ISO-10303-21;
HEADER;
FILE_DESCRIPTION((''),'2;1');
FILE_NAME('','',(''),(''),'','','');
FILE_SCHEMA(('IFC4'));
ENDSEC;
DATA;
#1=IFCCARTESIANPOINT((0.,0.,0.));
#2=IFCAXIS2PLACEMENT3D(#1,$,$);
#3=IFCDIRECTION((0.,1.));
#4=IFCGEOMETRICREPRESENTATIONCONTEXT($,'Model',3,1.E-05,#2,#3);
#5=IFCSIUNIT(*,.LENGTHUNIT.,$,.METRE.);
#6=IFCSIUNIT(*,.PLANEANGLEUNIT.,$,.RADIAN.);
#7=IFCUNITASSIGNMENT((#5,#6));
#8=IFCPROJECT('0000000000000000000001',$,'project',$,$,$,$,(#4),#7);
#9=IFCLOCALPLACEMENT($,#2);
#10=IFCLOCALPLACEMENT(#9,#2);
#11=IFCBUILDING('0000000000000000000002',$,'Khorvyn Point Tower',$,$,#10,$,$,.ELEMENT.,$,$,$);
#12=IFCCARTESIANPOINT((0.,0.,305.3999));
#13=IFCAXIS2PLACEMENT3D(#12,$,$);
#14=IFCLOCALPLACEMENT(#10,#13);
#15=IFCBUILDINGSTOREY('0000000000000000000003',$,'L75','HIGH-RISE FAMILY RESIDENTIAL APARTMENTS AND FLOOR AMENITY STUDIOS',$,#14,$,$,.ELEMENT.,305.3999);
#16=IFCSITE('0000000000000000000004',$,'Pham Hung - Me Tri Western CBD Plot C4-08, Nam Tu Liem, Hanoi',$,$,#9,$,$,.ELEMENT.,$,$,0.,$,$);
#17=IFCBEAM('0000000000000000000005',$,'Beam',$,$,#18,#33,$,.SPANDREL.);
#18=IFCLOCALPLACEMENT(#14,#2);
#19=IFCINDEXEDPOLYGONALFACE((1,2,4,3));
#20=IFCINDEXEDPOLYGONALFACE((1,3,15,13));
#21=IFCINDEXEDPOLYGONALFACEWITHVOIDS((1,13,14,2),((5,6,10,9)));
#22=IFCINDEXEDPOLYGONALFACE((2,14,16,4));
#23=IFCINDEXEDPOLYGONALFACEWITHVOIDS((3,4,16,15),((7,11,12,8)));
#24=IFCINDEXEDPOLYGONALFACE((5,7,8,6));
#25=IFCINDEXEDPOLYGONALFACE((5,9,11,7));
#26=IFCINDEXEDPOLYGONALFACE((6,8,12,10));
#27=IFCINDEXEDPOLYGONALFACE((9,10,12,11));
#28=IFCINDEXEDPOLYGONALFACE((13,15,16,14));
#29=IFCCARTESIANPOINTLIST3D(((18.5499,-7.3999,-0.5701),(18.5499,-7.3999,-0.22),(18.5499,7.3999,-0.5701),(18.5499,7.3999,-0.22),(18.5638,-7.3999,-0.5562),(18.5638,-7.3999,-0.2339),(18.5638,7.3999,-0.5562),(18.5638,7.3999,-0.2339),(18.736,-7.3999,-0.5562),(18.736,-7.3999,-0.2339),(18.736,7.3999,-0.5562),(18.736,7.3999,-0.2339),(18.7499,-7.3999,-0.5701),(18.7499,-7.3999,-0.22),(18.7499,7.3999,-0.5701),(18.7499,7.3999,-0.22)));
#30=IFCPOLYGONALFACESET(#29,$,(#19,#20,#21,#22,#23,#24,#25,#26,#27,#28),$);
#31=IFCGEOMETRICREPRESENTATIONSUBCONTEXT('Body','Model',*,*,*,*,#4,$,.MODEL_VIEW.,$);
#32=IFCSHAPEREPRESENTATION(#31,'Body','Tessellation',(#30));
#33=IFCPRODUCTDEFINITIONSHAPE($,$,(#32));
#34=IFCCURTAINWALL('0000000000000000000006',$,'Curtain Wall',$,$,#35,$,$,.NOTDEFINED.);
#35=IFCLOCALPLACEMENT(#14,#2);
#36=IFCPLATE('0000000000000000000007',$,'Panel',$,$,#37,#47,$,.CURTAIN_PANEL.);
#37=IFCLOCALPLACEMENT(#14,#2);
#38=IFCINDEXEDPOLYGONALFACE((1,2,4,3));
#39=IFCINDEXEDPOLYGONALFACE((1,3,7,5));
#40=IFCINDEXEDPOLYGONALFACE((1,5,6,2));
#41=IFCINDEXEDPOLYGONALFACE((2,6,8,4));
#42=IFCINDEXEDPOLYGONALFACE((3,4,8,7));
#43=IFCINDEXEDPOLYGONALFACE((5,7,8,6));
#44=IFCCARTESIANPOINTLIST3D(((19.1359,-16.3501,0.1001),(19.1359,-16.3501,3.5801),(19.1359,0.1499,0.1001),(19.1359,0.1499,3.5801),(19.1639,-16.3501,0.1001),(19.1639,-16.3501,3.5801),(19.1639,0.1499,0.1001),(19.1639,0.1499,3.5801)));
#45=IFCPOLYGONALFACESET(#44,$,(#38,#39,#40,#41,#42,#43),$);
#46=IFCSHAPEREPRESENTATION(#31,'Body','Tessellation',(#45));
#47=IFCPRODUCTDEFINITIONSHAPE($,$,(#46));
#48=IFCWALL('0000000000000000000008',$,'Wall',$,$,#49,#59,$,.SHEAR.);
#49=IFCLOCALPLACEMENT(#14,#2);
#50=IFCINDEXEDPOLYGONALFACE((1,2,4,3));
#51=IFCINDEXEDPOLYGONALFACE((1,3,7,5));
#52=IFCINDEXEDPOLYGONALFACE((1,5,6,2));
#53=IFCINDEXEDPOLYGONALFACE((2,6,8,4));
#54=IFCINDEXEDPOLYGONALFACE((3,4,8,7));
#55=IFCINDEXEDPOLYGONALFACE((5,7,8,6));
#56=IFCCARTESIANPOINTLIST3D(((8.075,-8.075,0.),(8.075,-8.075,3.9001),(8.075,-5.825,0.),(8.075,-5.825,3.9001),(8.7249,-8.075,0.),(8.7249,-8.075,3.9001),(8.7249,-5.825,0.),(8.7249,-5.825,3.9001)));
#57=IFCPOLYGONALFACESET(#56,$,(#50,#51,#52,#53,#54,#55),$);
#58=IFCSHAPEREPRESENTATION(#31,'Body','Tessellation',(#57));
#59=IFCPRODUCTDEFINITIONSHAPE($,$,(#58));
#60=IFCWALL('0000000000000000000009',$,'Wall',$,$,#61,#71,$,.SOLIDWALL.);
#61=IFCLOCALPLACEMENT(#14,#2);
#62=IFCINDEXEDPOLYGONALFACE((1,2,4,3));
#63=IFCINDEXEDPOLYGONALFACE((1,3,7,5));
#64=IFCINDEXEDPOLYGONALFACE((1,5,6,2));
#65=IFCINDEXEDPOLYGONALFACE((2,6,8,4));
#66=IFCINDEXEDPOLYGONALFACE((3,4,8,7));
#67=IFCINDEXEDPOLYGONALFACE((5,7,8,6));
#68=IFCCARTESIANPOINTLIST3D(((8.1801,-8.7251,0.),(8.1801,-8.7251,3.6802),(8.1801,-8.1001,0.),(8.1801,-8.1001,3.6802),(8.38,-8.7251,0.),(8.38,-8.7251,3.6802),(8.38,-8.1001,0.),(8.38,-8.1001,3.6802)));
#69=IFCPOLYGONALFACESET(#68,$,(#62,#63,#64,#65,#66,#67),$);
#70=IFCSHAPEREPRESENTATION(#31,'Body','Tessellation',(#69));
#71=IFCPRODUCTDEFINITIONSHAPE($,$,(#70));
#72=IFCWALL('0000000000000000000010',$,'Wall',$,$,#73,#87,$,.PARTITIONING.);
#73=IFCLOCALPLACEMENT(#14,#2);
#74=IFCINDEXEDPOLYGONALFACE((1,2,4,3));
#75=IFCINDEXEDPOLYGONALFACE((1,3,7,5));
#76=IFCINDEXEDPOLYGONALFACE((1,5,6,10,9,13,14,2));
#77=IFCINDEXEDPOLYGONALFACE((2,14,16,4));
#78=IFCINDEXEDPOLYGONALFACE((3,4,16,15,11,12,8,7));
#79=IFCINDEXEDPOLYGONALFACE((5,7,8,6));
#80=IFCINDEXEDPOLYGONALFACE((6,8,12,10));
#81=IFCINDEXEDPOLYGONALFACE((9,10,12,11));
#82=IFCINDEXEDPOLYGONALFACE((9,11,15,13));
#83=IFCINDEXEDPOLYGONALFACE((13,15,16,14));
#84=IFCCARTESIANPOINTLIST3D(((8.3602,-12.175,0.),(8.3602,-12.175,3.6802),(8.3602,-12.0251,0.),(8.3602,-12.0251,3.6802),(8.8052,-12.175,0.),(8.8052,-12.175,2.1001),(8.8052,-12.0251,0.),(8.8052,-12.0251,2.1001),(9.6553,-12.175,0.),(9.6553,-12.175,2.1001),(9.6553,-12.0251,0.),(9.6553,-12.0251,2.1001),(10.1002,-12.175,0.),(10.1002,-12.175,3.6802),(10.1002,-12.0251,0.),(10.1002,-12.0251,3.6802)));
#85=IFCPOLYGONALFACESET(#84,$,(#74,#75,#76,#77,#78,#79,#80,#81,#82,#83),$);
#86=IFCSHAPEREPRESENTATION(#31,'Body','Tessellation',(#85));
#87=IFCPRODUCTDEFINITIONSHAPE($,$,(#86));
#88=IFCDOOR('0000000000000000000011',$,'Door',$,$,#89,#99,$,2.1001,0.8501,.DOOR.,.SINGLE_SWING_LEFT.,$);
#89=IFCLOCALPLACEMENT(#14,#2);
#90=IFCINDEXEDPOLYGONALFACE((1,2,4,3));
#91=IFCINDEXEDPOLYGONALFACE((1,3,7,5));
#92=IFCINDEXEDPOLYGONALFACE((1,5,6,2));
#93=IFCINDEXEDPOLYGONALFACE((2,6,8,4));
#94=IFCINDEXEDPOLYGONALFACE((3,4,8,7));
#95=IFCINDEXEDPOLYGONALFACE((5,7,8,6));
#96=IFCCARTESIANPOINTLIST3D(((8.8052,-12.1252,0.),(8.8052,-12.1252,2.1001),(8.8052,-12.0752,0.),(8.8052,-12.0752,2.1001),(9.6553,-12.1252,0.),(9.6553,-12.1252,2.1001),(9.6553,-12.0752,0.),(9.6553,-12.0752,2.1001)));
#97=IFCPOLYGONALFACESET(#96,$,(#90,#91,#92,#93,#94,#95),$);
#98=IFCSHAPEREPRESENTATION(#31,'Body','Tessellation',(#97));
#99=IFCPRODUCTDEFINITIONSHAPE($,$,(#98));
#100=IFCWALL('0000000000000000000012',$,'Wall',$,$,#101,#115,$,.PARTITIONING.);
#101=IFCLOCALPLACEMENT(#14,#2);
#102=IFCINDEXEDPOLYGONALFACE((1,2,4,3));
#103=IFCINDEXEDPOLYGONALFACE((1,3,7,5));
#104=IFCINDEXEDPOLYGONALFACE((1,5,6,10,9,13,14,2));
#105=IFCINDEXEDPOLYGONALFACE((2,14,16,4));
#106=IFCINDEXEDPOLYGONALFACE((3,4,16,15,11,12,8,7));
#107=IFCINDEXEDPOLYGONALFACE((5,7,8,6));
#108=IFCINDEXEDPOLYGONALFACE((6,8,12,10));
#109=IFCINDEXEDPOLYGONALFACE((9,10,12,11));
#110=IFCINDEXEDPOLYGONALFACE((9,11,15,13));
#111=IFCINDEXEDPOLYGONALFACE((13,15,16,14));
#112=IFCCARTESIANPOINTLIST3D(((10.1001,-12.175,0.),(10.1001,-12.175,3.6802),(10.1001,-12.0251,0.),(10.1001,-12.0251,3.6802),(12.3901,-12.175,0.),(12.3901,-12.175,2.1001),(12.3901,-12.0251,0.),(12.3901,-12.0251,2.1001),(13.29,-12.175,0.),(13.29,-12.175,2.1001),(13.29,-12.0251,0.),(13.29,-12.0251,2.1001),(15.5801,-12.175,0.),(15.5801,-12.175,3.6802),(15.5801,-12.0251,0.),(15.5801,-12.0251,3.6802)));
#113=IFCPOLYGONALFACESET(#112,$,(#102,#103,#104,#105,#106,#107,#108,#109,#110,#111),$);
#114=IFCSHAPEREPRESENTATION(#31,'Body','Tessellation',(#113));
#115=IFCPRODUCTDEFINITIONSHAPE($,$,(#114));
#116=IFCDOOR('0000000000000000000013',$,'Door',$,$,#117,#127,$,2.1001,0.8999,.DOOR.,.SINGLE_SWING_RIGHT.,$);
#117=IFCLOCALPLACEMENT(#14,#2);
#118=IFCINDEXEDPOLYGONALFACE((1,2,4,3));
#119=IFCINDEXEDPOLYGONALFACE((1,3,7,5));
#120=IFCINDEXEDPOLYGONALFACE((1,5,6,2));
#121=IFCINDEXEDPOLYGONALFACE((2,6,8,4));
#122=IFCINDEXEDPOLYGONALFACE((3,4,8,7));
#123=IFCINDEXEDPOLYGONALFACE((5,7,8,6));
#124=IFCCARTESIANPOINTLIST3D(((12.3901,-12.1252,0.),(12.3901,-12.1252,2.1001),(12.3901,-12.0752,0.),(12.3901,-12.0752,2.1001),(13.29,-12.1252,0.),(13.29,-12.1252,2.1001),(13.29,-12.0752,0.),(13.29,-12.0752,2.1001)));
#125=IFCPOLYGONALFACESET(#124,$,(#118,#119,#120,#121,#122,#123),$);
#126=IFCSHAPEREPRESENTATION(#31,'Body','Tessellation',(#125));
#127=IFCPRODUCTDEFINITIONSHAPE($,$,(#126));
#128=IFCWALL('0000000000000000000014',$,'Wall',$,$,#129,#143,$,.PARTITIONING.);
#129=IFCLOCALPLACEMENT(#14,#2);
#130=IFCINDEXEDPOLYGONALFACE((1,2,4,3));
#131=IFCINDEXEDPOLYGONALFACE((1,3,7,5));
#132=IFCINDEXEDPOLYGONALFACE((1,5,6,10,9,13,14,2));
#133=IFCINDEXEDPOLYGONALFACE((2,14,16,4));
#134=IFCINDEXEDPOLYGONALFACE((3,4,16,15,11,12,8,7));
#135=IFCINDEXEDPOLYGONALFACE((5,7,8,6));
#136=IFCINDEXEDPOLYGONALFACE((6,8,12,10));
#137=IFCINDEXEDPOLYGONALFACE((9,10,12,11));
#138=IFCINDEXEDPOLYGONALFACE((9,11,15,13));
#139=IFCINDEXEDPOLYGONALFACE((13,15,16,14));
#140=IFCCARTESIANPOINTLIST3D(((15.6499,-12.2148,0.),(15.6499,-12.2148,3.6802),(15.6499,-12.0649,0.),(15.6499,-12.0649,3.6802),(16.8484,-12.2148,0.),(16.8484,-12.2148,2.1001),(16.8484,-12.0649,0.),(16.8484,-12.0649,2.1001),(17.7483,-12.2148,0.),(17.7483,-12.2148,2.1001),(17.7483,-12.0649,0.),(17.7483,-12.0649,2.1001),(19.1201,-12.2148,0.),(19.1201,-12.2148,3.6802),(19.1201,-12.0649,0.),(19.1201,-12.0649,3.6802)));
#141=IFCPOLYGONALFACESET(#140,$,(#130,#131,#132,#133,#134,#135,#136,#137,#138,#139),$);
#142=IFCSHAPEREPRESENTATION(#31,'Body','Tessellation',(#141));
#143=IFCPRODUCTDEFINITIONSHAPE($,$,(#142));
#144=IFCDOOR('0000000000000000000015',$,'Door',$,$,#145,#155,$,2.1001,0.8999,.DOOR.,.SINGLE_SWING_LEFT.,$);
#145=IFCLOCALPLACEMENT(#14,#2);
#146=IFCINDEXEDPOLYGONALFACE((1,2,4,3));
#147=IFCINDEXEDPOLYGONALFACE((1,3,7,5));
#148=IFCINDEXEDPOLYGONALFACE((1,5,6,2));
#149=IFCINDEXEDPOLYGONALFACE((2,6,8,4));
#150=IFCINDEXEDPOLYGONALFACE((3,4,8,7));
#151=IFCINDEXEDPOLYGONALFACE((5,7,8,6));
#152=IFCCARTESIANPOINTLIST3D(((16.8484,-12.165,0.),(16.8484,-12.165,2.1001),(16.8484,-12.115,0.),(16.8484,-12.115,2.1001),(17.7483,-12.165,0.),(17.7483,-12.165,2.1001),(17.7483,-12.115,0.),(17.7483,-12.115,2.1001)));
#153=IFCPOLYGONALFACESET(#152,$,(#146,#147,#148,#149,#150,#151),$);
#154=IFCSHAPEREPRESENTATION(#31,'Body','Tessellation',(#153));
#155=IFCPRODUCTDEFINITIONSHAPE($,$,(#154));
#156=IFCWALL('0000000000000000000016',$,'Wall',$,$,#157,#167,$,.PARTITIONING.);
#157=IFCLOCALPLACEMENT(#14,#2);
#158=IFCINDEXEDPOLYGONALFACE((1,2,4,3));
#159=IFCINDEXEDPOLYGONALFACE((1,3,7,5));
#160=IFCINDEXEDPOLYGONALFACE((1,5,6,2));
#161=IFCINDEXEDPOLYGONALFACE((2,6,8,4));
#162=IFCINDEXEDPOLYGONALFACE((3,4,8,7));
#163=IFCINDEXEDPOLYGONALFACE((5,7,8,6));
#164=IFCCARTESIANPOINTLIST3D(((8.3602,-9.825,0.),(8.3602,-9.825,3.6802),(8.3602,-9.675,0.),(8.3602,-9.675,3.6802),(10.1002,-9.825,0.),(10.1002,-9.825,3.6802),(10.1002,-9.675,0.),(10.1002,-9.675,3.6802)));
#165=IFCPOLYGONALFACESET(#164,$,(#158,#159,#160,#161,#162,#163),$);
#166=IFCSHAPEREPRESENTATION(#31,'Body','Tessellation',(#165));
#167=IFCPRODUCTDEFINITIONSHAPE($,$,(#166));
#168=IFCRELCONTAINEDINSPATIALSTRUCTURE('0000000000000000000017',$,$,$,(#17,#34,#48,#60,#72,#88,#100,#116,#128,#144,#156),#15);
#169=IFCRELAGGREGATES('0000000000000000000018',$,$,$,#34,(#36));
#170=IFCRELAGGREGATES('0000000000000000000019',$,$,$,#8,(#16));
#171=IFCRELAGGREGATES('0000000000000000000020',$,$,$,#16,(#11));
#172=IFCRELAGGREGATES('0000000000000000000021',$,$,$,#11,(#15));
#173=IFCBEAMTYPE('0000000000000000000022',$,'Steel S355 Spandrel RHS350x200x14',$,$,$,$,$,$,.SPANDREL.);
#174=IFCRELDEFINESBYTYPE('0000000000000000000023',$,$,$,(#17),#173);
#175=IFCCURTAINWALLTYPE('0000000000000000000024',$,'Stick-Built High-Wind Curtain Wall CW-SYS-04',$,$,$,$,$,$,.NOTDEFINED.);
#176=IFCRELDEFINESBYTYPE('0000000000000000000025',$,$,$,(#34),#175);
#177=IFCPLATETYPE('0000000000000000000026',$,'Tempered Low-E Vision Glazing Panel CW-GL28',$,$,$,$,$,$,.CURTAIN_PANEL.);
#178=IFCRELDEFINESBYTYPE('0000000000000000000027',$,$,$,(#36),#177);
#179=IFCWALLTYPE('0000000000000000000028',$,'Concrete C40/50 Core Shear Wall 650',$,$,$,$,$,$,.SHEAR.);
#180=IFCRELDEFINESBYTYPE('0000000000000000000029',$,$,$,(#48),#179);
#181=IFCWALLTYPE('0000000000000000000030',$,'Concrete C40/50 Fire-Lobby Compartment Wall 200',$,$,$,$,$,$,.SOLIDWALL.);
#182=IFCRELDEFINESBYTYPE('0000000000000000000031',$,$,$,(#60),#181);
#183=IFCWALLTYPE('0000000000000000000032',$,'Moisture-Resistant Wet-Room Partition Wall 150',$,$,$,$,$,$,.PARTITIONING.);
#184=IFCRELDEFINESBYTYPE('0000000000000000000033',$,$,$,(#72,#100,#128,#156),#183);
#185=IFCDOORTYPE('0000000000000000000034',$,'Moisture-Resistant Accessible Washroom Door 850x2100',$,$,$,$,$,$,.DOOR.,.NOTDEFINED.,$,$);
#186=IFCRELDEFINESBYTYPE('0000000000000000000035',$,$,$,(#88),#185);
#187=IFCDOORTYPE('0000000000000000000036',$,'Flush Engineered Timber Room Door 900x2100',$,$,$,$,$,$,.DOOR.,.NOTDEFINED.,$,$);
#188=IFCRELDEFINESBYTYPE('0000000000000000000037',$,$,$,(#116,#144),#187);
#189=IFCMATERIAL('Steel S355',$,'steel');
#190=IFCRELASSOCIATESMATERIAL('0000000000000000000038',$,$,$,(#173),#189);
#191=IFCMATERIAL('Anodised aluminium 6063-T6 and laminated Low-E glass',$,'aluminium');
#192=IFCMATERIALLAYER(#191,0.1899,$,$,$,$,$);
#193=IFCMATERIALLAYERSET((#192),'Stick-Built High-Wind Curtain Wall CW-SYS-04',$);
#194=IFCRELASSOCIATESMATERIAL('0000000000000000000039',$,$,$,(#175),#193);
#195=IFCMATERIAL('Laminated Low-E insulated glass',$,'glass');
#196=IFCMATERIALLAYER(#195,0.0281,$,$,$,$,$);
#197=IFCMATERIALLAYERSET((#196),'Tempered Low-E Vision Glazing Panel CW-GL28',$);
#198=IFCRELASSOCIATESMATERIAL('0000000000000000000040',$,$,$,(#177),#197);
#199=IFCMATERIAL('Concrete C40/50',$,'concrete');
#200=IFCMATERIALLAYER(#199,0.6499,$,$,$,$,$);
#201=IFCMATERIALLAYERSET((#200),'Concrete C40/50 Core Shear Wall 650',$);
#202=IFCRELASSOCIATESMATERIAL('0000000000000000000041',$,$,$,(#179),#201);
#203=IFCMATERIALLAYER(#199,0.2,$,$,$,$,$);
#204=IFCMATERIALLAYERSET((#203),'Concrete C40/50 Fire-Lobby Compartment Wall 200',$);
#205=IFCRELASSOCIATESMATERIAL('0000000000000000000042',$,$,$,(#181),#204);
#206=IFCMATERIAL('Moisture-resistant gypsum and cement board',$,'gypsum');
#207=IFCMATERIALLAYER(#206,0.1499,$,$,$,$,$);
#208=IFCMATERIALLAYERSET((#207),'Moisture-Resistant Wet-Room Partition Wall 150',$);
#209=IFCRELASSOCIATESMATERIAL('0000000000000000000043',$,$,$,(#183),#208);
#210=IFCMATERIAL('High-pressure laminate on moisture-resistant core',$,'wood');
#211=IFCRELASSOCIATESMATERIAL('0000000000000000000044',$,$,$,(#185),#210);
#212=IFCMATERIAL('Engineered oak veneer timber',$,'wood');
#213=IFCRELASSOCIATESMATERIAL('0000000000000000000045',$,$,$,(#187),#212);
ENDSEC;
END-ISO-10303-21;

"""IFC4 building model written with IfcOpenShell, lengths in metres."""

from ifc_helpers import new_model, si_unit, direction, frame, frame_2d, origin, origin_2d, place, context, subcontext, project, spatial, rectangle, hollow_rectangle, extrude, material, layer, layer_set, material_profile, profile_set, type_object, element, fill, aggregate, save


model = new_model("IFC4")

# Units and contexts
model_context = context("Model", 3, precision=1e-05, world=origin(), true_north=direction((0.0, 1.0)))
body_context = subcontext(model_context, "Body", "Model", "MODEL_VIEW")
ifc_project = project(units=[si_unit("LENGTHUNIT", "METRE"), si_unit("PLANEANGLEUNIT", "RADIAN")], contexts=[model_context])

# Site, building, storey
site_placement = place(None, origin())
site = spatial("IfcSite", under=ifc_project, at=site_placement, Name="Pham Hung - Me Tri Western CBD Plot C4-08, Nam Tu Liem, Hanoi", CompositionType="ELEMENT", RefElevation=0.0)
building_placement = place(site_placement, origin())
building = spatial("IfcBuilding", under=site, at=building_placement, Name="Khorvyn Point Tower", CompositionType="ELEMENT")
storey_placement = place(building_placement, frame((0.0, 0.0, 305.3999)))
storey = spatial("IfcBuildingStorey", under=building, at=storey_placement, Name="L75", Description="HIGH-RISE FAMILY RESIDENTIAL APARTMENTS AND FLOOR AMENITY STUDIOS", CompositionType="ELEMENT", Elevation=305.3999)

# Shared definitions
ifc_material_1 = material(Name="Concrete C40/50", Category="concrete")
ifc_material_2 = material(Name="Steel S355", Category="steel")

# Beam
ifc_material_profile_1 = material_profile(ifc_material_2, hollow_rectangle(XDim=0.2, YDim=0.3501, WallThickness=0.0139, at=origin_2d()))
ifc_profile_set_1 = profile_set([ifc_material_profile_1], Name="Steel S355 RHS350x200x14")
beam_type_1 = type_object("IfcBeamType", Name="Steel S355 Spandrel RHS350x200x14", PredefinedType="SPANDREL", material=ifc_profile_set_1)
beam_1_placement = place(storey_placement, frame((18.6499, -7.3999, -0.395), z_axis=(0.0, 1.0, 0.0), x_axis=(-1.0, 0.0, 0.0)))
element("IfcBeam", 1, at=beam_1_placement, inside=storey, type_object=beam_type_1, Name="Beam", PredefinedType="SPANDREL", context=body_context, shape_type="SweptSolid", body=[
    extrude(hollow_rectangle(XDim=0.2, YDim=0.3501, WallThickness=0.0139, at=origin_2d()), origin(), (0.0, 0.0, 1.0), 14.7998),
])

# Curtain wall, plate
ifc_material_3 = material(Name="Anodised aluminium 6063-T6 and laminated Low-E glass", Category="aluminium")
ifc_layer_1 = layer(ifc_material_3, 0.1899)
ifc_layer_set_1 = layer_set([ifc_layer_1], Name="Stick-Built High-Wind Curtain Wall CW-SYS-04")
curtain_wall_type = type_object("IfcCurtainWallType", Name="Stick-Built High-Wind Curtain Wall CW-SYS-04", PredefinedType="NOTDEFINED", material=ifc_layer_set_1)
curtain_wall_placement = place(storey_placement, origin())
curtain_wall = element("IfcCurtainWall", 2, at=curtain_wall_placement, inside=storey, type_object=curtain_wall_type, Name="Curtain Wall", PredefinedType="NOTDEFINED")
ifc_material_4 = material(Name="Laminated Low-E insulated glass", Category="glass")
ifc_layer_2 = layer(ifc_material_4, 0.0281)
ifc_layer_set_2 = layer_set([ifc_layer_2], Name="Tempered Low-E Vision Glazing Panel CW-GL28")
plate_type = type_object("IfcPlateType", Name="Tempered Low-E Vision Glazing Panel CW-GL28", PredefinedType="CURTAIN_PANEL", material=ifc_layer_set_2)
plate_placement = place(storey_placement, frame((19.1499, -8.1001, 0.1001), z_axis=(0.0, 0.0, 1.0), x_axis=(0.0, -1.0, 0.0)))
plate = element("IfcPlate", 3, at=plate_placement, type_object=plate_type, Name="Panel", PredefinedType="CURTAIN_PANEL", context=body_context, shape_type="SweptSolid", body=[
    extrude(rectangle(XDim=16.5, YDim=0.0281, at=origin_2d()), origin(), (0.0, 0.0, 1.0), 3.48),
])
aggregate(curtain_wall, [plate])

# Walls
ifc_layer_3 = layer(ifc_material_1, 0.6499)
ifc_layer_set_3 = layer_set([ifc_layer_3], Name="Concrete C40/50 Core Shear Wall 650")
wall_type_1 = type_object("IfcWallType", Name="Concrete C40/50 Core Shear Wall 650", PredefinedType="SHEAR", material=ifc_layer_set_3)
wall_1_placement = place(storey_placement, frame((8.3999, -8.075, 0.0), z_axis=(0.0, 0.0, 1.0), x_axis=(0.0, 1.0, 0.0)))
element("IfcWall", 4, at=wall_1_placement, inside=storey, type_object=wall_type_1, Name="Wall", PredefinedType="SHEAR", context=body_context, shape_type="SweptSolid", body=[
    extrude(rectangle(XDim=2.25, YDim=0.6499, at=frame_2d((1.125, 0.0))), origin(), (0.0, 0.0, 1.0), 3.9001),
])
ifc_layer_4 = layer(ifc_material_1, 0.2)
ifc_layer_set_4 = layer_set([ifc_layer_4], Name="Concrete C40/50 Fire-Lobby Compartment Wall 200")
wall_type_2 = type_object("IfcWallType", Name="Concrete C40/50 Fire-Lobby Compartment Wall 200", PredefinedType="SOLIDWALL", material=ifc_layer_set_4)
wall_2_placement = place(storey_placement, frame((8.28, -8.7251, 0.0), z_axis=(0.0, 0.0, 1.0), x_axis=(0.0, 1.0, 0.0)))
element("IfcWall", 5, at=wall_2_placement, inside=storey, type_object=wall_type_2, Name="Wall", PredefinedType="SOLIDWALL", context=body_context, shape_type="SweptSolid", body=[
    extrude(rectangle(XDim=0.625, YDim=0.2, at=frame_2d((0.3125, 0.0))), origin(), (0.0, 0.0, 1.0), 3.6802),
])

# Walls, openings, doors
ifc_material_5 = material(Name="Moisture-resistant gypsum and cement board", Category="gypsum")
ifc_layer_5 = layer(ifc_material_5, 0.1499)
ifc_layer_set_5 = layer_set([ifc_layer_5], Name="Moisture-Resistant Wet-Room Partition Wall 150")
wall_type_3 = type_object("IfcWallType", Name="Moisture-Resistant Wet-Room Partition Wall 150", PredefinedType="PARTITIONING", material=ifc_layer_set_5)
wall_3_placement = place(storey_placement, frame((8.3601, -12.1001, 0.0), z_axis=(0.0, 0.0, 1.0), x_axis=(1.0, 0.0, 0.0)))
wall_3 = element("IfcWall", 6, at=wall_3_placement, inside=storey, type_object=wall_type_3, Name="Wall", PredefinedType="PARTITIONING", context=body_context, shape_type="SweptSolid", body=[
    extrude(rectangle(XDim=1.74, YDim=0.1499, at=frame_2d((0.8701, 0.0))), origin(), (0.0, 0.0, 1.0), 3.6802),
])
opening_1_placement = place(wall_3_placement, frame((0.4451, 0.0, 0.0)))
opening_1 = element("IfcOpeningElement", 7, at=opening_1_placement, cuts=wall_3, PredefinedType="OPENING", context=body_context, shape_type="SweptSolid", body=[
    extrude(rectangle(XDim=0.8501, YDim=2.1001, at=frame_2d((0.425, 1.05))), frame((0.0, 0.085, 0.0), z_axis=(0.0, -1.0, 0.0), x_axis=(1.0, 0.0, 0.0)), (0.0, 0.0, 1.0), 0.1699),
])
ifc_material_6 = material(Name="High-pressure laminate on moisture-resistant core", Category="wood")
door_type_1 = type_object("IfcDoorType", Name="Moisture-Resistant Accessible Washroom Door 850x2100", OperationType="NOTDEFINED", PredefinedType="DOOR", material=ifc_material_6)
door_1_placement = place(opening_1_placement, origin())
door_1 = element("IfcDoor", 8, at=door_1_placement, inside=storey, type_object=door_type_1, Name="Door", OperationType="SINGLE_SWING_LEFT", OverallHeight=2.1001, OverallWidth=0.8501, PredefinedType="DOOR", context=body_context, shape_type="SweptSolid", body=[
    extrude(rectangle(XDim=0.8501, YDim=2.1001, at=frame_2d((0.425, 1.05))), frame((0.0, 0.0249, 0.0), z_axis=(0.0, -1.0, 0.0), x_axis=(1.0, 0.0, 0.0)), (0.0, 0.0, 1.0), 0.05),
])
fill(opening_1, door_1)
wall_4_placement = place(storey_placement, frame((10.1001, -12.1001, 0.0), z_axis=(0.0, 0.0, 1.0), x_axis=(1.0, 0.0, 0.0)))
wall_4 = element("IfcWall", 9, at=wall_4_placement, inside=storey, type_object=wall_type_3, Name="Wall", PredefinedType="PARTITIONING", context=body_context, shape_type="SweptSolid", body=[
    extrude(rectangle(XDim=5.48, YDim=0.1499, at=frame_2d((2.74, 0.0))), origin(), (0.0, 0.0, 1.0), 3.6802),
])
opening_2_placement = place(wall_4_placement, frame((2.29, 0.0, 0.0)))
opening_2 = element("IfcOpeningElement", 10, at=opening_2_placement, cuts=wall_4, PredefinedType="OPENING", context=body_context, shape_type="SweptSolid", body=[
    extrude(rectangle(XDim=0.8999, YDim=2.1001, at=frame_2d((0.45, 1.05))), frame((0.0, 0.085, 0.0), z_axis=(0.0, -1.0, 0.0), x_axis=(1.0, 0.0, 0.0)), (0.0, 0.0, 1.0), 0.1699),
])
ifc_material_7 = material(Name="Engineered oak veneer timber", Category="wood")
door_type_2 = type_object("IfcDoorType", Name="Flush Engineered Timber Room Door 900x2100", OperationType="NOTDEFINED", PredefinedType="DOOR", material=ifc_material_7)
door_2_placement = place(opening_2_placement, origin())
door_2 = element("IfcDoor", 11, at=door_2_placement, inside=storey, type_object=door_type_2, Name="Door", OperationType="SINGLE_SWING_RIGHT", OverallHeight=2.1001, OverallWidth=0.8999, PredefinedType="DOOR", context=body_context, shape_type="SweptSolid", body=[
    extrude(rectangle(XDim=0.8999, YDim=2.1001, at=frame_2d((0.45, 1.05))), frame((0.0, 0.0249, 0.0), z_axis=(0.0, -1.0, 0.0), x_axis=(1.0, 0.0, 0.0)), (0.0, 0.0, 1.0), 0.05),
])
fill(opening_2, door_2)
wall_5_placement = place(storey_placement, frame((15.6499, -12.1399, 0.0), z_axis=(0.0, 0.0, 1.0), x_axis=(1.0, 0.0, 0.0)))
wall_5 = element("IfcWall", 12, at=wall_5_placement, inside=storey, type_object=wall_type_3, Name="Wall", PredefinedType="PARTITIONING", context=body_context, shape_type="SweptSolid", body=[
    extrude(rectangle(XDim=3.4702, YDim=0.1499, at=frame_2d((1.7351, 0.0))), origin(), (0.0, 0.0, 1.0), 3.6802),
])
opening_3_placement = place(wall_5_placement, frame((1.1985, 0.0, 0.0)))
opening_3 = element("IfcOpeningElement", 13, at=opening_3_placement, cuts=wall_5, PredefinedType="OPENING", context=body_context, shape_type="SweptSolid", body=[
    extrude(rectangle(XDim=0.8999, YDim=2.1001, at=frame_2d((0.45, 1.05))), frame((0.0, 0.085, 0.0), z_axis=(0.0, -1.0, 0.0), x_axis=(1.0, 0.0, 0.0)), (0.0, 0.0, 1.0), 0.1699),
])
door_3_placement = place(opening_3_placement, origin())
door_3 = element("IfcDoor", 14, at=door_3_placement, inside=storey, type_object=door_type_2, Name="Door", OperationType="SINGLE_SWING_LEFT", OverallHeight=2.1001, OverallWidth=0.8999, PredefinedType="DOOR", context=body_context, shape_type="SweptSolid", body=[
    extrude(rectangle(XDim=0.8999, YDim=2.1001, at=frame_2d((0.45, 1.05))), frame((0.0, 0.0249, 0.0), z_axis=(0.0, -1.0, 0.0), x_axis=(1.0, 0.0, 0.0)), (0.0, 0.0, 1.0), 0.05),
])
fill(opening_3, door_3)

# Wall
wall_6_placement = place(storey_placement, frame((8.3601, -9.75, 0.0), z_axis=(0.0, 0.0, 1.0), x_axis=(1.0, 0.0, 0.0)))
element("IfcWall", 15, at=wall_6_placement, inside=storey, type_object=wall_type_3, Name="Wall", PredefinedType="PARTITIONING", context=body_context, shape_type="SweptSolid", body=[
    extrude(rectangle(XDim=1.74, YDim=0.1499, at=frame_2d((0.8701, 0.0))), origin(), (0.0, 0.0, 1.0), 3.6802),
])

save(model, "model.ifc")
